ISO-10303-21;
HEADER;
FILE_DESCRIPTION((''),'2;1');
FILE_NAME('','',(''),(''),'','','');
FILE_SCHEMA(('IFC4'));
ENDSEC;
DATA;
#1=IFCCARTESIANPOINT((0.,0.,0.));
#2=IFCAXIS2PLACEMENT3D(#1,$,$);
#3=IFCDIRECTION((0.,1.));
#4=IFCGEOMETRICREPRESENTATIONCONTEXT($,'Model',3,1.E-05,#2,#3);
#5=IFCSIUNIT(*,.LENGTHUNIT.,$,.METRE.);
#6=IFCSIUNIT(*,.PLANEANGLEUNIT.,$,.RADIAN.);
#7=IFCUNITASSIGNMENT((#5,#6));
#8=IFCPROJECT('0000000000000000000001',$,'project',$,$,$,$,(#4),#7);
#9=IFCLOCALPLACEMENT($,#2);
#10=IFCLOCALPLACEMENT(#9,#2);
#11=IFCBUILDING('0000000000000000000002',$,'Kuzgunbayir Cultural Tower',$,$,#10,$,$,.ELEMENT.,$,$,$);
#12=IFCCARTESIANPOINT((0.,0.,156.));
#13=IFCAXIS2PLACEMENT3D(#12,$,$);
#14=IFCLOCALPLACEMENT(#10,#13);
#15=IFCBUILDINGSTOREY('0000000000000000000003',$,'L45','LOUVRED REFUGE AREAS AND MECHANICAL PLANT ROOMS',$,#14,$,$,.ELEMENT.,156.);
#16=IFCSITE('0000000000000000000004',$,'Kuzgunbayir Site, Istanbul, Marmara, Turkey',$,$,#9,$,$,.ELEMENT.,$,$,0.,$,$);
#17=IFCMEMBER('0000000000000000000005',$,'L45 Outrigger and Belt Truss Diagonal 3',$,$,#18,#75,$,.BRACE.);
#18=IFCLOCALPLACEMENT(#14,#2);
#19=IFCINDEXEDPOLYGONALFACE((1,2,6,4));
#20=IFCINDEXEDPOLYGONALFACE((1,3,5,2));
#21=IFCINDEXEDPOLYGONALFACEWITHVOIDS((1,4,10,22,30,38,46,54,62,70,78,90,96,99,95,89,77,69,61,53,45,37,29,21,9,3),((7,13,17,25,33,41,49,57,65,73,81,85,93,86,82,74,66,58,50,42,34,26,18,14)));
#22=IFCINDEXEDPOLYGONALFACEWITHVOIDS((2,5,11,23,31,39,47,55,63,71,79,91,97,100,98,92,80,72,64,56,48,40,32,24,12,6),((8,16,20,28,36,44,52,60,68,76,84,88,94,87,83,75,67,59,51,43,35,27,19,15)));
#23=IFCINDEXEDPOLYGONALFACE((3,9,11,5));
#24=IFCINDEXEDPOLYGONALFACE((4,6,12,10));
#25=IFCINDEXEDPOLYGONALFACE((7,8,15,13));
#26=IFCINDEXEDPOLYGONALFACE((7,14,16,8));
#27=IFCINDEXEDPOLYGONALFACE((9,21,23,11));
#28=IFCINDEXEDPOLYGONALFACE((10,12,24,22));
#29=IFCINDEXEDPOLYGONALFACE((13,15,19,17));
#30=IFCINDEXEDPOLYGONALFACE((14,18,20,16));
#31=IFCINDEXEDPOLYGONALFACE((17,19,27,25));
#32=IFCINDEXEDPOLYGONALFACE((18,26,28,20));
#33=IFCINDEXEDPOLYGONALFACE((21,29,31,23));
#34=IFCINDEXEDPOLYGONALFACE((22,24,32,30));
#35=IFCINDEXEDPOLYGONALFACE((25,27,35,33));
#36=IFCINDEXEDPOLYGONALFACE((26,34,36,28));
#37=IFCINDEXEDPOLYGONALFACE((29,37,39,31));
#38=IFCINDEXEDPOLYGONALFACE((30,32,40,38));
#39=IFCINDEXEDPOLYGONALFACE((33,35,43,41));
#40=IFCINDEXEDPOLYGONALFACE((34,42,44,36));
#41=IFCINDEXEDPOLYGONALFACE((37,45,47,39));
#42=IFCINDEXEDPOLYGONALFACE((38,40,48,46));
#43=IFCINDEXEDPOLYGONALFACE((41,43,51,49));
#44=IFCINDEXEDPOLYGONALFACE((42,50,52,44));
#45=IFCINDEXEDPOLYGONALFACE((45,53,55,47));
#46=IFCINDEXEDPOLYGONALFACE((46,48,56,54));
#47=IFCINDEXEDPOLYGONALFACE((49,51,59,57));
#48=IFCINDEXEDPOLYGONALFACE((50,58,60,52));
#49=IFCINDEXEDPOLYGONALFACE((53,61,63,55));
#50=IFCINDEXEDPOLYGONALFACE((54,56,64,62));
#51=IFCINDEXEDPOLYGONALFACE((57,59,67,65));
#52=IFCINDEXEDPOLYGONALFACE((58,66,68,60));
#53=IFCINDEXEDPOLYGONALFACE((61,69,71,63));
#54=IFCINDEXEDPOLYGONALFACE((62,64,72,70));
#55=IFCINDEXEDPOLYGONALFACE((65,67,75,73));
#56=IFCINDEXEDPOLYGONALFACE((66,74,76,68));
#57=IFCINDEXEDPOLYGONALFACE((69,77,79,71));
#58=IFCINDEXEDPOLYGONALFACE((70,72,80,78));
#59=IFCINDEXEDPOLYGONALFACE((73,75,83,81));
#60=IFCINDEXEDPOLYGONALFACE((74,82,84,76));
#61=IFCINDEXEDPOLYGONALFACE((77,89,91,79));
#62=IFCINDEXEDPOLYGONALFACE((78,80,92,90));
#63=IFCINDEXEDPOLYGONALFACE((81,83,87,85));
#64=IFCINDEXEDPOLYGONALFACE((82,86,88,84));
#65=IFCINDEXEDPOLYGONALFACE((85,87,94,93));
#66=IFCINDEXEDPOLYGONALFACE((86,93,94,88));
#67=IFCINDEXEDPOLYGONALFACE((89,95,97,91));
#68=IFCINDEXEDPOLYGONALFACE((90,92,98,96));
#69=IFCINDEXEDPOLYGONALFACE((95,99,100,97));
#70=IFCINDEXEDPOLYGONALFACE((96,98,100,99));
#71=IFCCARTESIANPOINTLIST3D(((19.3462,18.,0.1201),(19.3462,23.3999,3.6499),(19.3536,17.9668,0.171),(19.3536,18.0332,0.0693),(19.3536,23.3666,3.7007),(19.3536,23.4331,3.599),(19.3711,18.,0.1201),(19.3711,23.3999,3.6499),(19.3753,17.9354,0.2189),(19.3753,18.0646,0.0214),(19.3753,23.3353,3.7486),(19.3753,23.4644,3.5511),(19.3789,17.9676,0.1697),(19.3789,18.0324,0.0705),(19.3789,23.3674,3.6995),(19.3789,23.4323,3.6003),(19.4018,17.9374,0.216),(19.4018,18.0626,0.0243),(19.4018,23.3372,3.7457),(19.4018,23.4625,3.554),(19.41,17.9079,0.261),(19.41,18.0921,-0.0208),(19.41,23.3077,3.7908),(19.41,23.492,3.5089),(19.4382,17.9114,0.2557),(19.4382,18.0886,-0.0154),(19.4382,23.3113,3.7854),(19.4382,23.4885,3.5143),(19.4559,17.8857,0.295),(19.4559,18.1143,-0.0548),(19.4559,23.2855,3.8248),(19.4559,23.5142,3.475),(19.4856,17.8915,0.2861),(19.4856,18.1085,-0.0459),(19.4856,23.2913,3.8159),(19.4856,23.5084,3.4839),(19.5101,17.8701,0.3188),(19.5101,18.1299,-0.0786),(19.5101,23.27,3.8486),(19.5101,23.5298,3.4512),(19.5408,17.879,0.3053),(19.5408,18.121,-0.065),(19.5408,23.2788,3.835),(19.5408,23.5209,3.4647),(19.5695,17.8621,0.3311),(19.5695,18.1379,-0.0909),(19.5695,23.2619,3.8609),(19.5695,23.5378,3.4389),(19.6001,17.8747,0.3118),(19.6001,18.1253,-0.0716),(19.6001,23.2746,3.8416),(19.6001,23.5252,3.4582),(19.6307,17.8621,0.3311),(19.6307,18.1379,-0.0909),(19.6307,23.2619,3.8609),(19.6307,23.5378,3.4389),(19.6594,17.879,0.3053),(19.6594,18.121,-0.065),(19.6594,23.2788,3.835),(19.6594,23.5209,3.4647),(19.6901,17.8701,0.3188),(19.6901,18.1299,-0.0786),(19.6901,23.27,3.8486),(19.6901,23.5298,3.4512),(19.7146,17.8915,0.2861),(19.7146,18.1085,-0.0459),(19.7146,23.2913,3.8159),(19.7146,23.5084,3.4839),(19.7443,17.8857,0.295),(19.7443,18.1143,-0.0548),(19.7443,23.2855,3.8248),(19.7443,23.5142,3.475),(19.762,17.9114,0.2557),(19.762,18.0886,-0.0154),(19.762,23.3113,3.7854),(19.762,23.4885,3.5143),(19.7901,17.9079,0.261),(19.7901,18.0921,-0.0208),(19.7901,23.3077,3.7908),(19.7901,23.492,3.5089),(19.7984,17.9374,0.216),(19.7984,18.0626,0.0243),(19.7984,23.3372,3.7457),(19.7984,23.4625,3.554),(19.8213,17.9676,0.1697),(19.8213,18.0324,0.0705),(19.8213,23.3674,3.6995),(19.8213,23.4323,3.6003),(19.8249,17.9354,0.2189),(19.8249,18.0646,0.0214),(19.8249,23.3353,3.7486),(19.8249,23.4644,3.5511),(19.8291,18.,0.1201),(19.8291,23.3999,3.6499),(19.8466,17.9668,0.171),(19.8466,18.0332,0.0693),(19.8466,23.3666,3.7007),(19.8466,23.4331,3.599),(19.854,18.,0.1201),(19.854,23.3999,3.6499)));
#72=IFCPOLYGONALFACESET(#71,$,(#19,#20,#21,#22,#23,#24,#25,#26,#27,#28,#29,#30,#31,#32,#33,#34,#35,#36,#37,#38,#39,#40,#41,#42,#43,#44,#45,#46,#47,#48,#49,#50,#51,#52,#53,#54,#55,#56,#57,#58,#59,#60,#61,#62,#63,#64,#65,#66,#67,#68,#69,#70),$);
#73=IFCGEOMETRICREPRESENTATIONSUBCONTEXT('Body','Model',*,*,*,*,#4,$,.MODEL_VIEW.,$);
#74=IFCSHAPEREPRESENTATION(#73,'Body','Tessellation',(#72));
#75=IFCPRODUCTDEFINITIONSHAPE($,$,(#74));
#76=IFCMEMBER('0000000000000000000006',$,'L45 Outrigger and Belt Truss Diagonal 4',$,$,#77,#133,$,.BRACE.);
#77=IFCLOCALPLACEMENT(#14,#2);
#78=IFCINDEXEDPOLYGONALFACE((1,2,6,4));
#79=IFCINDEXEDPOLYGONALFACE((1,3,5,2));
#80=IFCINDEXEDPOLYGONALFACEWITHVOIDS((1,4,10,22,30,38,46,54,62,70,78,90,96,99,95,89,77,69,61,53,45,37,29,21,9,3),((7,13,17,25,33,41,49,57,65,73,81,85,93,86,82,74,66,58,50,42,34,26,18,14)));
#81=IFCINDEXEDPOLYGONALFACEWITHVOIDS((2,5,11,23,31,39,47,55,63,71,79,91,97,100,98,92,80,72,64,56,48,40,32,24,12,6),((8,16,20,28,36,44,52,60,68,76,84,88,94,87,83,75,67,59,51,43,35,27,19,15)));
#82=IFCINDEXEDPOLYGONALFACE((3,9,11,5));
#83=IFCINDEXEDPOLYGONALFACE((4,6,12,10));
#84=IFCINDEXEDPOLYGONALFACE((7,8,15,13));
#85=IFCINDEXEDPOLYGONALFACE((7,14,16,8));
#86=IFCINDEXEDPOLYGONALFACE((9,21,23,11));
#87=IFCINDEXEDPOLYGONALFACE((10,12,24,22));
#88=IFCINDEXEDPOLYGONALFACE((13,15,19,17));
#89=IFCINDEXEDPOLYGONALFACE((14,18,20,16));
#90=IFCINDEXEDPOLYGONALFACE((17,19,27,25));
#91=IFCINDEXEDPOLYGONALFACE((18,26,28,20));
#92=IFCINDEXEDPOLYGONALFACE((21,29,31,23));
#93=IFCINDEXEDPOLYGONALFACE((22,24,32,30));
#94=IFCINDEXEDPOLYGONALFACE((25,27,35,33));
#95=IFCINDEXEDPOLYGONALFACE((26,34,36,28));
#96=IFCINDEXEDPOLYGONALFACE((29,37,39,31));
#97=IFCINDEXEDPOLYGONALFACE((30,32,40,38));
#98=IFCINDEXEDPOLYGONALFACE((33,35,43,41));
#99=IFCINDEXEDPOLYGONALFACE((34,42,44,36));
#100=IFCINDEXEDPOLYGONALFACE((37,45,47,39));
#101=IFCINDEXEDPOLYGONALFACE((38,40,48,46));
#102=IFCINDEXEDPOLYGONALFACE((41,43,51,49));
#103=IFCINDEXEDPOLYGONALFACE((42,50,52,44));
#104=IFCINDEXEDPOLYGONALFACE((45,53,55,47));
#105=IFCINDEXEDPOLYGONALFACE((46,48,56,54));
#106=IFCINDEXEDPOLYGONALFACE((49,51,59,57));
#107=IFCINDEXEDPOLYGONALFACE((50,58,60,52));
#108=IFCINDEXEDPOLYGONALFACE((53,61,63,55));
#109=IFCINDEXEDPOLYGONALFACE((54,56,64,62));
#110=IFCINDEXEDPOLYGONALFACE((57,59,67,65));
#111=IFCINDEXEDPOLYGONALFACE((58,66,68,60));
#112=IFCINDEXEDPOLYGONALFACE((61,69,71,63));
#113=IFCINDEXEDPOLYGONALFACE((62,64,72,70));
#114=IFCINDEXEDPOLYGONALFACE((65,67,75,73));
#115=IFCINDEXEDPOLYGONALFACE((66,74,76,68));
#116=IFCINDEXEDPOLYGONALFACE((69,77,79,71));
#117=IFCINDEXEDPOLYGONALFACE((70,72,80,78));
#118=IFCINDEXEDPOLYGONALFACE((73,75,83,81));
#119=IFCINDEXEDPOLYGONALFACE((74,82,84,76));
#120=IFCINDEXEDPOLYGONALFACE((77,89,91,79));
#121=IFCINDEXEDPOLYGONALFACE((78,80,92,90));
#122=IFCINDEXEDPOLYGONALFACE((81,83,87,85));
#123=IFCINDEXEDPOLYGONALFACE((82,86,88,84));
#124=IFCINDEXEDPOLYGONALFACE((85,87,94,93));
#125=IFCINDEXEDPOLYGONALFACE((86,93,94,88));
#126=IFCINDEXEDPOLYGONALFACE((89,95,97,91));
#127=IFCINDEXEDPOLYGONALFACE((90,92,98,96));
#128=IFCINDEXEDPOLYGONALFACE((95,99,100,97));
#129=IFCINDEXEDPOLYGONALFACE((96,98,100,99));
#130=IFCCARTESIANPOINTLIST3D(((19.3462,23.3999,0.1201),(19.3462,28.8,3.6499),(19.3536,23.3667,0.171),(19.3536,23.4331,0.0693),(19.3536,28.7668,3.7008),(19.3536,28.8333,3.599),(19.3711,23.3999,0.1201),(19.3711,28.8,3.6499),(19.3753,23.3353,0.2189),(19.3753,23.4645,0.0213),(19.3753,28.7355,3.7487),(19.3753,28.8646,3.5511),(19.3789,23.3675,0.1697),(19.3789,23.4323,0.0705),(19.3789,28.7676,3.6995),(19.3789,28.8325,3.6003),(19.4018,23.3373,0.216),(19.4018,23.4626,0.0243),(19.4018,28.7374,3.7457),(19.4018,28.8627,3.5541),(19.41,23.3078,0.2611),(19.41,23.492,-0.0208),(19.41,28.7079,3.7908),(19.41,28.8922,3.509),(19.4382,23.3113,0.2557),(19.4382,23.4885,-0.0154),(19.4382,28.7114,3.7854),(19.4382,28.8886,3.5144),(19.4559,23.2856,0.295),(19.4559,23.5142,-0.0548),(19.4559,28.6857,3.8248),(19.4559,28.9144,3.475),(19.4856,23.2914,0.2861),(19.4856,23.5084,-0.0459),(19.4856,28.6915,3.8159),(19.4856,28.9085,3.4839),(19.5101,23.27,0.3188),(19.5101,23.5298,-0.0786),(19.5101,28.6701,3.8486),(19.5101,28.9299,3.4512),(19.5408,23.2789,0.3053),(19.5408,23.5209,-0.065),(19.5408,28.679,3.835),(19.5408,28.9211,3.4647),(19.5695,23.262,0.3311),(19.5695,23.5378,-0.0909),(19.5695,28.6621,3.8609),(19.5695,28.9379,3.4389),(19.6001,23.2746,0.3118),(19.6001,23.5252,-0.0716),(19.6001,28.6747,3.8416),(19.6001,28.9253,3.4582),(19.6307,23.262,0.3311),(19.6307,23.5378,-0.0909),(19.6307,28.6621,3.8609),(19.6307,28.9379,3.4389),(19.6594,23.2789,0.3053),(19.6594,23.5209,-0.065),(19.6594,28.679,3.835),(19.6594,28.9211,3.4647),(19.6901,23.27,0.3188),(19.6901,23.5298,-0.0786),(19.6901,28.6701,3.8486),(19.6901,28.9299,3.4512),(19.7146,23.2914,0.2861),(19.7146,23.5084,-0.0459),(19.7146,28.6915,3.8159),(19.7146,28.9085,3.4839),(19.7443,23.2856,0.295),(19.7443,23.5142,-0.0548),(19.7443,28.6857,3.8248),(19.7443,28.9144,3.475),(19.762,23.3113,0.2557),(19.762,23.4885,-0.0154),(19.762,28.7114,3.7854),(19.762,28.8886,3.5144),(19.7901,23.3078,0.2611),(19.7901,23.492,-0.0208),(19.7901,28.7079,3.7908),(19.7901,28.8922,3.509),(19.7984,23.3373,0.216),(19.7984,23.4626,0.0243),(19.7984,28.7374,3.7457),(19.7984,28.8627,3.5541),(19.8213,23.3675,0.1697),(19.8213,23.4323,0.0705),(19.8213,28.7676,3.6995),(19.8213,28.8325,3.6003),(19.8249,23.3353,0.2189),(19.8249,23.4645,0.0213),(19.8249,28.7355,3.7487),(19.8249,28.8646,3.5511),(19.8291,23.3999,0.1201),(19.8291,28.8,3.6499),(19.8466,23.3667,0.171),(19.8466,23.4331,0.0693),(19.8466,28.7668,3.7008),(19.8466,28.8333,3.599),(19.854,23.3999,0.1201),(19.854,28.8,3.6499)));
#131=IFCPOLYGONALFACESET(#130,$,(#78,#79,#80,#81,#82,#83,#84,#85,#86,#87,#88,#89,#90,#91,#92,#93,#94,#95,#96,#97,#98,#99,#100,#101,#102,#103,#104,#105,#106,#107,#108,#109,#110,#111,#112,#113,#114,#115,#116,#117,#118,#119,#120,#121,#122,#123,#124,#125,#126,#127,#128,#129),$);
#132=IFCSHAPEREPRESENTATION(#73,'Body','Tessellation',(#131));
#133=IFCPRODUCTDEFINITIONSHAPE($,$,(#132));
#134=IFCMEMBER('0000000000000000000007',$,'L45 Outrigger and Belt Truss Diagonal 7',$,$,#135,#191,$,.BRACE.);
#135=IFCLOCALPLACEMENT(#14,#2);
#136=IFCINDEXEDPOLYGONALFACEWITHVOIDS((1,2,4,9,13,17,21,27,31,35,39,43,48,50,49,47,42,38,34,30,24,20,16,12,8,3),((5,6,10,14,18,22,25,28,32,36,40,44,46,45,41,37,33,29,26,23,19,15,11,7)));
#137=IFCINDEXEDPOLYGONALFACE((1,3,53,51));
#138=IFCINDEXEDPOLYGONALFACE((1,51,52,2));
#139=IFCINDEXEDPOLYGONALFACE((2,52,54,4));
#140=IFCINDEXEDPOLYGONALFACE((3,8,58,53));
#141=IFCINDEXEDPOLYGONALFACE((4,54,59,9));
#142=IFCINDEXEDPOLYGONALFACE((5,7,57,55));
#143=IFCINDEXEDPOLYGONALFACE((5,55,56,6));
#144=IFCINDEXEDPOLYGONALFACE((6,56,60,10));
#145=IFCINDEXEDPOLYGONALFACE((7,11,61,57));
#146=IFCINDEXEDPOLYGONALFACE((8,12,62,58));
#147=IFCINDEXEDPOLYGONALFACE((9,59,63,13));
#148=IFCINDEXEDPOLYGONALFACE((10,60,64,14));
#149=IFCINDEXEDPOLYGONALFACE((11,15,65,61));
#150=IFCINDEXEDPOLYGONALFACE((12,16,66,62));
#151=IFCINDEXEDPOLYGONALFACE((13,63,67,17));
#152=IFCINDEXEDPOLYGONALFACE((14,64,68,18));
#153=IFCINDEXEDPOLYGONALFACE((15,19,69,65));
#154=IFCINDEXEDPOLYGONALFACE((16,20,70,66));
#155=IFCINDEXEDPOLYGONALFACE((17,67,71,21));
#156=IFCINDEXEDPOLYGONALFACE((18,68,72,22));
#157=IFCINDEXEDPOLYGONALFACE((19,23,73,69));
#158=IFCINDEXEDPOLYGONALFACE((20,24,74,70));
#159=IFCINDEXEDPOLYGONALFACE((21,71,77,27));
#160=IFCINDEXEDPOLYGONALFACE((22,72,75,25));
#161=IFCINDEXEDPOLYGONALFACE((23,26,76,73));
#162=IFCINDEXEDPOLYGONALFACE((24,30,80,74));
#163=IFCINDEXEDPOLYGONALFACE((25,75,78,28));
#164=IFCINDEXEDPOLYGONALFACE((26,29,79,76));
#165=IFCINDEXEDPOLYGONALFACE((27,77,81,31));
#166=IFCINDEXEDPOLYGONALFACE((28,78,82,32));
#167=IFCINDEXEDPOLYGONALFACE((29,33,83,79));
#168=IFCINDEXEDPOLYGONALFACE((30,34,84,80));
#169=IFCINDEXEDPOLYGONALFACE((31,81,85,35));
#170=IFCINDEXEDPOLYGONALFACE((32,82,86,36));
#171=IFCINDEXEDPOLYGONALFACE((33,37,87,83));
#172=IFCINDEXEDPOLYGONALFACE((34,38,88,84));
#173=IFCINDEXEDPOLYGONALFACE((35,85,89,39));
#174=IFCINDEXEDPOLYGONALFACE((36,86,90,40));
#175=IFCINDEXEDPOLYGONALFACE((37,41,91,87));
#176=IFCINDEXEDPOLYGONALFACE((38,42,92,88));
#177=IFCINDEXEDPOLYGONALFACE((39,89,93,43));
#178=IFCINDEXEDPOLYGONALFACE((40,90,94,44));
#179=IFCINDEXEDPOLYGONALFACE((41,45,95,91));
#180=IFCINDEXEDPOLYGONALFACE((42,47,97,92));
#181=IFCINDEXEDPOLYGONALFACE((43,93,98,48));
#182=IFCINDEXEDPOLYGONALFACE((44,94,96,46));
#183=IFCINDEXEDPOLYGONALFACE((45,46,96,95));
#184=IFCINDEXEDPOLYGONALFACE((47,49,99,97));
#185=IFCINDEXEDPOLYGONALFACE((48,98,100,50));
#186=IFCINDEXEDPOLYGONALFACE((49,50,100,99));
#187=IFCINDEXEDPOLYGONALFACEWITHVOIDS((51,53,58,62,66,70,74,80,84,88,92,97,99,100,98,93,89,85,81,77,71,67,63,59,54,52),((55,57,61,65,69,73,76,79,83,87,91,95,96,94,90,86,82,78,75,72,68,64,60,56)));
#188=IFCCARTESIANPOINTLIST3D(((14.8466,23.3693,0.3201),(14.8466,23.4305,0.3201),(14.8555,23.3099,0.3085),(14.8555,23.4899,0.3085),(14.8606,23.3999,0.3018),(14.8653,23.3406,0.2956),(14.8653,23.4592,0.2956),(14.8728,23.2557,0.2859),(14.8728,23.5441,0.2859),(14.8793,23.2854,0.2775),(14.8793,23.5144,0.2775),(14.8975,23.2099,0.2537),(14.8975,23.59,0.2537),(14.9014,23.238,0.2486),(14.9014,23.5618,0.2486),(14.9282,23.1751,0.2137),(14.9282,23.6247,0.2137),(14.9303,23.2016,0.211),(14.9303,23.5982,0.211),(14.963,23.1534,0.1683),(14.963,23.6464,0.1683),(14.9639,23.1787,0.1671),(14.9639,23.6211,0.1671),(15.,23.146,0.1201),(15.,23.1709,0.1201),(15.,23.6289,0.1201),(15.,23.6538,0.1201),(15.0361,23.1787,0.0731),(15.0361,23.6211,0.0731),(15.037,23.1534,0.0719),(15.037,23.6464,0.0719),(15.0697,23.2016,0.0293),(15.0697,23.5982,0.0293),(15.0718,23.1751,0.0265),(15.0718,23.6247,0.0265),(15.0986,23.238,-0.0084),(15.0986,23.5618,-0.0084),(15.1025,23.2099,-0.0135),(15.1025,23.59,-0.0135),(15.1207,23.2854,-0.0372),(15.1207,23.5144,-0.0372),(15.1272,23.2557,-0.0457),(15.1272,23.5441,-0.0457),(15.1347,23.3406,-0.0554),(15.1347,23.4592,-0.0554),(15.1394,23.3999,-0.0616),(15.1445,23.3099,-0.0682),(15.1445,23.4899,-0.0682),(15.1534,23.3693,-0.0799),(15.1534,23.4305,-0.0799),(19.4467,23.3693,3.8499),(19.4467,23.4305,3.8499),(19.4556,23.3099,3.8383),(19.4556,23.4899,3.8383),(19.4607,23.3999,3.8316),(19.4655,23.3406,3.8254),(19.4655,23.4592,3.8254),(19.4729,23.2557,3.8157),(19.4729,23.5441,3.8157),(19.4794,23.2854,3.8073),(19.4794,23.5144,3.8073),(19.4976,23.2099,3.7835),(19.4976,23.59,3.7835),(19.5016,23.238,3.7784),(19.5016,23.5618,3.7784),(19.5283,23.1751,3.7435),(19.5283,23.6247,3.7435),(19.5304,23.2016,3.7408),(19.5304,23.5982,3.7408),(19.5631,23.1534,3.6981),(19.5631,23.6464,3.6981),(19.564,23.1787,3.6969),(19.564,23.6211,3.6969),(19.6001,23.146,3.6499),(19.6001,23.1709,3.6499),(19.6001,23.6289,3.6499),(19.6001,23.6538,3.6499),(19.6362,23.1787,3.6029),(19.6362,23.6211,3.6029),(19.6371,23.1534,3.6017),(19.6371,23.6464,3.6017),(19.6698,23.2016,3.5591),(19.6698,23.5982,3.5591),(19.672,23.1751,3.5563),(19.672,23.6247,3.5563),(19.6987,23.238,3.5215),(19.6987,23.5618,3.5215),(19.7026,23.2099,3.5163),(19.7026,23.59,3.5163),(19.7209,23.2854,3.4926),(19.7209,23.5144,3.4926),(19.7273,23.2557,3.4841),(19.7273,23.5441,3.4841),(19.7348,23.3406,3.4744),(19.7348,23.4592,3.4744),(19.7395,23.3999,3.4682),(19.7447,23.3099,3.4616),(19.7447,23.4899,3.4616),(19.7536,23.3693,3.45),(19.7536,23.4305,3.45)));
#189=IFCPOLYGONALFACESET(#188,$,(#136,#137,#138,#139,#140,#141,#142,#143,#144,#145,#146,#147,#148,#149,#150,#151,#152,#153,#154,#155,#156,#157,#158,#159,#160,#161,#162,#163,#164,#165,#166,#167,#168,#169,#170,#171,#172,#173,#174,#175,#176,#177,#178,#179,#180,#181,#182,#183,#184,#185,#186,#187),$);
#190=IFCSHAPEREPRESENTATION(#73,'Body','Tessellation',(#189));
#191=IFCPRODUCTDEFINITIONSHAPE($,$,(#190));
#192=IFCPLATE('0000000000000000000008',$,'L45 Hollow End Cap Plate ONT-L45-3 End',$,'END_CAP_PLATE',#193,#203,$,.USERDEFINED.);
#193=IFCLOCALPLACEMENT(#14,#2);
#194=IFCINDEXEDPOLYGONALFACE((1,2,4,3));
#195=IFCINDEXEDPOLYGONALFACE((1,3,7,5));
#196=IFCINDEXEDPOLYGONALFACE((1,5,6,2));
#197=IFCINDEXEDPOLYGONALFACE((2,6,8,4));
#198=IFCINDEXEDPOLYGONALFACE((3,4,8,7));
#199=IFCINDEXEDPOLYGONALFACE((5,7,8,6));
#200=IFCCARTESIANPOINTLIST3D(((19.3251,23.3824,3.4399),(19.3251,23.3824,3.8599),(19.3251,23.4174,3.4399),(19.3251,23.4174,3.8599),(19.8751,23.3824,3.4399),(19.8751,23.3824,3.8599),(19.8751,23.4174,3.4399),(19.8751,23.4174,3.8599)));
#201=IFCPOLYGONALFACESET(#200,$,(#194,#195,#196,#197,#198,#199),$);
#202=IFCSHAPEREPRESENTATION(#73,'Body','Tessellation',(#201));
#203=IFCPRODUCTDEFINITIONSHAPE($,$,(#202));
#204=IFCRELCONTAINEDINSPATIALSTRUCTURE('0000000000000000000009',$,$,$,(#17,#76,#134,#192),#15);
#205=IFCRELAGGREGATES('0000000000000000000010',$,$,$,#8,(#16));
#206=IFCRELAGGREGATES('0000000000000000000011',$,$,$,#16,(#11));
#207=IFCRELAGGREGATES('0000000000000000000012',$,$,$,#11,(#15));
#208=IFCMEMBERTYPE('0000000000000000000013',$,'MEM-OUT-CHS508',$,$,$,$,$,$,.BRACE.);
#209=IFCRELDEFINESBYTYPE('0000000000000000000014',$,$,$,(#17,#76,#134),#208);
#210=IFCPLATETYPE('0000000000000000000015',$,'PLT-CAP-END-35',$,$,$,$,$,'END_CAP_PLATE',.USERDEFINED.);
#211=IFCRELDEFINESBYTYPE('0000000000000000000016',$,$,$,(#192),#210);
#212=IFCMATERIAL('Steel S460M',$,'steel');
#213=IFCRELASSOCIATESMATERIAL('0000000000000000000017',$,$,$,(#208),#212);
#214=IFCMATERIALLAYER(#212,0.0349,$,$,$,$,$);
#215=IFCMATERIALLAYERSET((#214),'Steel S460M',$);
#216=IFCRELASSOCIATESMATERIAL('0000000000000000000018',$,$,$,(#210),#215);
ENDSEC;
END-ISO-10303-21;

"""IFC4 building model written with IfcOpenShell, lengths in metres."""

from ifc_helpers import new_model, si_unit, direction, frame, origin, origin_2d, place, context, subcontext, project, spatial, rectangle, hollow_circle, extrude, material, layer, layer_set, material_profile, profile_set, type_object, element, save


model = new_model("IFC4")

# Units and contexts
model_context = context("Model", 3, precision=1e-05, world=origin(), true_north=direction((0.0, 1.0)))
body_context = subcontext(model_context, "Body", "Model", "MODEL_VIEW")
ifc_project = project(units=[si_unit("LENGTHUNIT", "METRE"), si_unit("PLANEANGLEUNIT", "RADIAN")], contexts=[model_context])

# Site, building, storey
site_placement = place(None, origin())
site = spatial("IfcSite", under=ifc_project, at=site_placement, Name="Kuzgunbayir Site, Istanbul, Marmara, Turkey", CompositionType="ELEMENT", RefElevation=0.0)
building_placement = place(site_placement, origin())
building = spatial("IfcBuilding", under=site, at=building_placement, Name="Kuzgunbayir Cultural Tower", CompositionType="ELEMENT")
storey_placement = place(building_placement, frame((0.0, 0.0, 156.0)))
storey = spatial("IfcBuildingStorey", under=building, at=storey_placement, Name="L45", Description="LOUVRED REFUGE AREAS AND MECHANICAL PLANT ROOMS", CompositionType="ELEMENT", Elevation=156.0)

# Members
ifc_material_1 = material(Name="Steel S460M", Category="steel")
ifc_material_profile_1 = material_profile(ifc_material_1, hollow_circle(Radius=0.2539, WallThickness=0.0249, at=origin_2d()), Name="CHS 508x25")
ifc_profile_set_1 = profile_set([ifc_material_profile_1], Name="Steel S460M")
member_type = type_object("IfcMemberType", Name="MEM-OUT-CHS508", PredefinedType="BRACE", material=ifc_profile_set_1)
member_1_placement = place(storey_placement, frame((19.6001, 18.0, 0.1201), z_axis=(0.0, 0.837035, 0.547149), x_axis=(-1.0, 0.0, 0.0)))
element("IfcMember", 1, at=member_1_placement, inside=storey, type_object=member_type, Name="L45 Outrigger and Belt Truss Diagonal 3", PredefinedType="BRACE", context=body_context, shape_type="SweptSolid", body=[
    extrude(hollow_circle(Radius=0.2539, WallThickness=0.0249, at=origin_2d()), origin(), (0.0, 0.0, 1.0), 6.4512),
])
member_2_placement = place(storey_placement, frame((19.6001, 23.3999, 0.1201), z_axis=(0.0, 0.837046, 0.547132), x_axis=(-1.0, 0.0, 0.0)))
element("IfcMember", 2, at=member_2_placement, inside=storey, type_object=member_type, Name="L45 Outrigger and Belt Truss Diagonal 4", PredefinedType="BRACE", context=body_context, shape_type="SweptSolid", body=[
    extrude(hollow_circle(Radius=0.2539, WallThickness=0.0249, at=origin_2d()), origin(), (0.0, 0.0, 1.0), 6.4514),
])
member_3_placement = place(storey_placement, frame((15.0, 23.3999, 0.1201), z_axis=(0.793353, 0.0, 0.608762), x_axis=(0.0, 1.0, 0.0)))
element("IfcMember", 3, at=member_3_placement, inside=storey, type_object=member_type, Name="L45 Outrigger and Belt Truss Diagonal 7", PredefinedType="BRACE", context=body_context, shape_type="SweptSolid", body=[
    extrude(hollow_circle(Radius=0.2539, WallThickness=0.0249, at=origin_2d()), origin(), (0.0, 0.0, 1.0), 5.7983),
])

# Plate
ifc_layer_1 = layer(ifc_material_1, 0.0349)
ifc_layer_set_1 = layer_set([ifc_layer_1], Name="Steel S460M")
plate_type_1 = type_object("IfcPlateType", Name="PLT-CAP-END-35", ElementType="END_CAP_PLATE", PredefinedType="USERDEFINED", material=ifc_layer_set_1)
plate_placement = place(storey_placement, frame((19.6001, 23.3999, 3.4399), z_axis=(0.0, 0.0, 1.0), x_axis=(1.0, 0.0, 0.0)))
element("IfcPlate", 4, at=plate_placement, inside=storey, type_object=plate_type_1, Name="L45 Hollow End Cap Plate ONT-L45-3 End", ObjectType="END_CAP_PLATE", PredefinedType="USERDEFINED", context=body_context, shape_type="SweptSolid", body=[
    extrude(rectangle(XDim=0.55, YDim=0.0349, at=origin_2d()), origin(), (0.0, 0.0, 1.0), 0.4199),
])

save(model, "model.ifc")
